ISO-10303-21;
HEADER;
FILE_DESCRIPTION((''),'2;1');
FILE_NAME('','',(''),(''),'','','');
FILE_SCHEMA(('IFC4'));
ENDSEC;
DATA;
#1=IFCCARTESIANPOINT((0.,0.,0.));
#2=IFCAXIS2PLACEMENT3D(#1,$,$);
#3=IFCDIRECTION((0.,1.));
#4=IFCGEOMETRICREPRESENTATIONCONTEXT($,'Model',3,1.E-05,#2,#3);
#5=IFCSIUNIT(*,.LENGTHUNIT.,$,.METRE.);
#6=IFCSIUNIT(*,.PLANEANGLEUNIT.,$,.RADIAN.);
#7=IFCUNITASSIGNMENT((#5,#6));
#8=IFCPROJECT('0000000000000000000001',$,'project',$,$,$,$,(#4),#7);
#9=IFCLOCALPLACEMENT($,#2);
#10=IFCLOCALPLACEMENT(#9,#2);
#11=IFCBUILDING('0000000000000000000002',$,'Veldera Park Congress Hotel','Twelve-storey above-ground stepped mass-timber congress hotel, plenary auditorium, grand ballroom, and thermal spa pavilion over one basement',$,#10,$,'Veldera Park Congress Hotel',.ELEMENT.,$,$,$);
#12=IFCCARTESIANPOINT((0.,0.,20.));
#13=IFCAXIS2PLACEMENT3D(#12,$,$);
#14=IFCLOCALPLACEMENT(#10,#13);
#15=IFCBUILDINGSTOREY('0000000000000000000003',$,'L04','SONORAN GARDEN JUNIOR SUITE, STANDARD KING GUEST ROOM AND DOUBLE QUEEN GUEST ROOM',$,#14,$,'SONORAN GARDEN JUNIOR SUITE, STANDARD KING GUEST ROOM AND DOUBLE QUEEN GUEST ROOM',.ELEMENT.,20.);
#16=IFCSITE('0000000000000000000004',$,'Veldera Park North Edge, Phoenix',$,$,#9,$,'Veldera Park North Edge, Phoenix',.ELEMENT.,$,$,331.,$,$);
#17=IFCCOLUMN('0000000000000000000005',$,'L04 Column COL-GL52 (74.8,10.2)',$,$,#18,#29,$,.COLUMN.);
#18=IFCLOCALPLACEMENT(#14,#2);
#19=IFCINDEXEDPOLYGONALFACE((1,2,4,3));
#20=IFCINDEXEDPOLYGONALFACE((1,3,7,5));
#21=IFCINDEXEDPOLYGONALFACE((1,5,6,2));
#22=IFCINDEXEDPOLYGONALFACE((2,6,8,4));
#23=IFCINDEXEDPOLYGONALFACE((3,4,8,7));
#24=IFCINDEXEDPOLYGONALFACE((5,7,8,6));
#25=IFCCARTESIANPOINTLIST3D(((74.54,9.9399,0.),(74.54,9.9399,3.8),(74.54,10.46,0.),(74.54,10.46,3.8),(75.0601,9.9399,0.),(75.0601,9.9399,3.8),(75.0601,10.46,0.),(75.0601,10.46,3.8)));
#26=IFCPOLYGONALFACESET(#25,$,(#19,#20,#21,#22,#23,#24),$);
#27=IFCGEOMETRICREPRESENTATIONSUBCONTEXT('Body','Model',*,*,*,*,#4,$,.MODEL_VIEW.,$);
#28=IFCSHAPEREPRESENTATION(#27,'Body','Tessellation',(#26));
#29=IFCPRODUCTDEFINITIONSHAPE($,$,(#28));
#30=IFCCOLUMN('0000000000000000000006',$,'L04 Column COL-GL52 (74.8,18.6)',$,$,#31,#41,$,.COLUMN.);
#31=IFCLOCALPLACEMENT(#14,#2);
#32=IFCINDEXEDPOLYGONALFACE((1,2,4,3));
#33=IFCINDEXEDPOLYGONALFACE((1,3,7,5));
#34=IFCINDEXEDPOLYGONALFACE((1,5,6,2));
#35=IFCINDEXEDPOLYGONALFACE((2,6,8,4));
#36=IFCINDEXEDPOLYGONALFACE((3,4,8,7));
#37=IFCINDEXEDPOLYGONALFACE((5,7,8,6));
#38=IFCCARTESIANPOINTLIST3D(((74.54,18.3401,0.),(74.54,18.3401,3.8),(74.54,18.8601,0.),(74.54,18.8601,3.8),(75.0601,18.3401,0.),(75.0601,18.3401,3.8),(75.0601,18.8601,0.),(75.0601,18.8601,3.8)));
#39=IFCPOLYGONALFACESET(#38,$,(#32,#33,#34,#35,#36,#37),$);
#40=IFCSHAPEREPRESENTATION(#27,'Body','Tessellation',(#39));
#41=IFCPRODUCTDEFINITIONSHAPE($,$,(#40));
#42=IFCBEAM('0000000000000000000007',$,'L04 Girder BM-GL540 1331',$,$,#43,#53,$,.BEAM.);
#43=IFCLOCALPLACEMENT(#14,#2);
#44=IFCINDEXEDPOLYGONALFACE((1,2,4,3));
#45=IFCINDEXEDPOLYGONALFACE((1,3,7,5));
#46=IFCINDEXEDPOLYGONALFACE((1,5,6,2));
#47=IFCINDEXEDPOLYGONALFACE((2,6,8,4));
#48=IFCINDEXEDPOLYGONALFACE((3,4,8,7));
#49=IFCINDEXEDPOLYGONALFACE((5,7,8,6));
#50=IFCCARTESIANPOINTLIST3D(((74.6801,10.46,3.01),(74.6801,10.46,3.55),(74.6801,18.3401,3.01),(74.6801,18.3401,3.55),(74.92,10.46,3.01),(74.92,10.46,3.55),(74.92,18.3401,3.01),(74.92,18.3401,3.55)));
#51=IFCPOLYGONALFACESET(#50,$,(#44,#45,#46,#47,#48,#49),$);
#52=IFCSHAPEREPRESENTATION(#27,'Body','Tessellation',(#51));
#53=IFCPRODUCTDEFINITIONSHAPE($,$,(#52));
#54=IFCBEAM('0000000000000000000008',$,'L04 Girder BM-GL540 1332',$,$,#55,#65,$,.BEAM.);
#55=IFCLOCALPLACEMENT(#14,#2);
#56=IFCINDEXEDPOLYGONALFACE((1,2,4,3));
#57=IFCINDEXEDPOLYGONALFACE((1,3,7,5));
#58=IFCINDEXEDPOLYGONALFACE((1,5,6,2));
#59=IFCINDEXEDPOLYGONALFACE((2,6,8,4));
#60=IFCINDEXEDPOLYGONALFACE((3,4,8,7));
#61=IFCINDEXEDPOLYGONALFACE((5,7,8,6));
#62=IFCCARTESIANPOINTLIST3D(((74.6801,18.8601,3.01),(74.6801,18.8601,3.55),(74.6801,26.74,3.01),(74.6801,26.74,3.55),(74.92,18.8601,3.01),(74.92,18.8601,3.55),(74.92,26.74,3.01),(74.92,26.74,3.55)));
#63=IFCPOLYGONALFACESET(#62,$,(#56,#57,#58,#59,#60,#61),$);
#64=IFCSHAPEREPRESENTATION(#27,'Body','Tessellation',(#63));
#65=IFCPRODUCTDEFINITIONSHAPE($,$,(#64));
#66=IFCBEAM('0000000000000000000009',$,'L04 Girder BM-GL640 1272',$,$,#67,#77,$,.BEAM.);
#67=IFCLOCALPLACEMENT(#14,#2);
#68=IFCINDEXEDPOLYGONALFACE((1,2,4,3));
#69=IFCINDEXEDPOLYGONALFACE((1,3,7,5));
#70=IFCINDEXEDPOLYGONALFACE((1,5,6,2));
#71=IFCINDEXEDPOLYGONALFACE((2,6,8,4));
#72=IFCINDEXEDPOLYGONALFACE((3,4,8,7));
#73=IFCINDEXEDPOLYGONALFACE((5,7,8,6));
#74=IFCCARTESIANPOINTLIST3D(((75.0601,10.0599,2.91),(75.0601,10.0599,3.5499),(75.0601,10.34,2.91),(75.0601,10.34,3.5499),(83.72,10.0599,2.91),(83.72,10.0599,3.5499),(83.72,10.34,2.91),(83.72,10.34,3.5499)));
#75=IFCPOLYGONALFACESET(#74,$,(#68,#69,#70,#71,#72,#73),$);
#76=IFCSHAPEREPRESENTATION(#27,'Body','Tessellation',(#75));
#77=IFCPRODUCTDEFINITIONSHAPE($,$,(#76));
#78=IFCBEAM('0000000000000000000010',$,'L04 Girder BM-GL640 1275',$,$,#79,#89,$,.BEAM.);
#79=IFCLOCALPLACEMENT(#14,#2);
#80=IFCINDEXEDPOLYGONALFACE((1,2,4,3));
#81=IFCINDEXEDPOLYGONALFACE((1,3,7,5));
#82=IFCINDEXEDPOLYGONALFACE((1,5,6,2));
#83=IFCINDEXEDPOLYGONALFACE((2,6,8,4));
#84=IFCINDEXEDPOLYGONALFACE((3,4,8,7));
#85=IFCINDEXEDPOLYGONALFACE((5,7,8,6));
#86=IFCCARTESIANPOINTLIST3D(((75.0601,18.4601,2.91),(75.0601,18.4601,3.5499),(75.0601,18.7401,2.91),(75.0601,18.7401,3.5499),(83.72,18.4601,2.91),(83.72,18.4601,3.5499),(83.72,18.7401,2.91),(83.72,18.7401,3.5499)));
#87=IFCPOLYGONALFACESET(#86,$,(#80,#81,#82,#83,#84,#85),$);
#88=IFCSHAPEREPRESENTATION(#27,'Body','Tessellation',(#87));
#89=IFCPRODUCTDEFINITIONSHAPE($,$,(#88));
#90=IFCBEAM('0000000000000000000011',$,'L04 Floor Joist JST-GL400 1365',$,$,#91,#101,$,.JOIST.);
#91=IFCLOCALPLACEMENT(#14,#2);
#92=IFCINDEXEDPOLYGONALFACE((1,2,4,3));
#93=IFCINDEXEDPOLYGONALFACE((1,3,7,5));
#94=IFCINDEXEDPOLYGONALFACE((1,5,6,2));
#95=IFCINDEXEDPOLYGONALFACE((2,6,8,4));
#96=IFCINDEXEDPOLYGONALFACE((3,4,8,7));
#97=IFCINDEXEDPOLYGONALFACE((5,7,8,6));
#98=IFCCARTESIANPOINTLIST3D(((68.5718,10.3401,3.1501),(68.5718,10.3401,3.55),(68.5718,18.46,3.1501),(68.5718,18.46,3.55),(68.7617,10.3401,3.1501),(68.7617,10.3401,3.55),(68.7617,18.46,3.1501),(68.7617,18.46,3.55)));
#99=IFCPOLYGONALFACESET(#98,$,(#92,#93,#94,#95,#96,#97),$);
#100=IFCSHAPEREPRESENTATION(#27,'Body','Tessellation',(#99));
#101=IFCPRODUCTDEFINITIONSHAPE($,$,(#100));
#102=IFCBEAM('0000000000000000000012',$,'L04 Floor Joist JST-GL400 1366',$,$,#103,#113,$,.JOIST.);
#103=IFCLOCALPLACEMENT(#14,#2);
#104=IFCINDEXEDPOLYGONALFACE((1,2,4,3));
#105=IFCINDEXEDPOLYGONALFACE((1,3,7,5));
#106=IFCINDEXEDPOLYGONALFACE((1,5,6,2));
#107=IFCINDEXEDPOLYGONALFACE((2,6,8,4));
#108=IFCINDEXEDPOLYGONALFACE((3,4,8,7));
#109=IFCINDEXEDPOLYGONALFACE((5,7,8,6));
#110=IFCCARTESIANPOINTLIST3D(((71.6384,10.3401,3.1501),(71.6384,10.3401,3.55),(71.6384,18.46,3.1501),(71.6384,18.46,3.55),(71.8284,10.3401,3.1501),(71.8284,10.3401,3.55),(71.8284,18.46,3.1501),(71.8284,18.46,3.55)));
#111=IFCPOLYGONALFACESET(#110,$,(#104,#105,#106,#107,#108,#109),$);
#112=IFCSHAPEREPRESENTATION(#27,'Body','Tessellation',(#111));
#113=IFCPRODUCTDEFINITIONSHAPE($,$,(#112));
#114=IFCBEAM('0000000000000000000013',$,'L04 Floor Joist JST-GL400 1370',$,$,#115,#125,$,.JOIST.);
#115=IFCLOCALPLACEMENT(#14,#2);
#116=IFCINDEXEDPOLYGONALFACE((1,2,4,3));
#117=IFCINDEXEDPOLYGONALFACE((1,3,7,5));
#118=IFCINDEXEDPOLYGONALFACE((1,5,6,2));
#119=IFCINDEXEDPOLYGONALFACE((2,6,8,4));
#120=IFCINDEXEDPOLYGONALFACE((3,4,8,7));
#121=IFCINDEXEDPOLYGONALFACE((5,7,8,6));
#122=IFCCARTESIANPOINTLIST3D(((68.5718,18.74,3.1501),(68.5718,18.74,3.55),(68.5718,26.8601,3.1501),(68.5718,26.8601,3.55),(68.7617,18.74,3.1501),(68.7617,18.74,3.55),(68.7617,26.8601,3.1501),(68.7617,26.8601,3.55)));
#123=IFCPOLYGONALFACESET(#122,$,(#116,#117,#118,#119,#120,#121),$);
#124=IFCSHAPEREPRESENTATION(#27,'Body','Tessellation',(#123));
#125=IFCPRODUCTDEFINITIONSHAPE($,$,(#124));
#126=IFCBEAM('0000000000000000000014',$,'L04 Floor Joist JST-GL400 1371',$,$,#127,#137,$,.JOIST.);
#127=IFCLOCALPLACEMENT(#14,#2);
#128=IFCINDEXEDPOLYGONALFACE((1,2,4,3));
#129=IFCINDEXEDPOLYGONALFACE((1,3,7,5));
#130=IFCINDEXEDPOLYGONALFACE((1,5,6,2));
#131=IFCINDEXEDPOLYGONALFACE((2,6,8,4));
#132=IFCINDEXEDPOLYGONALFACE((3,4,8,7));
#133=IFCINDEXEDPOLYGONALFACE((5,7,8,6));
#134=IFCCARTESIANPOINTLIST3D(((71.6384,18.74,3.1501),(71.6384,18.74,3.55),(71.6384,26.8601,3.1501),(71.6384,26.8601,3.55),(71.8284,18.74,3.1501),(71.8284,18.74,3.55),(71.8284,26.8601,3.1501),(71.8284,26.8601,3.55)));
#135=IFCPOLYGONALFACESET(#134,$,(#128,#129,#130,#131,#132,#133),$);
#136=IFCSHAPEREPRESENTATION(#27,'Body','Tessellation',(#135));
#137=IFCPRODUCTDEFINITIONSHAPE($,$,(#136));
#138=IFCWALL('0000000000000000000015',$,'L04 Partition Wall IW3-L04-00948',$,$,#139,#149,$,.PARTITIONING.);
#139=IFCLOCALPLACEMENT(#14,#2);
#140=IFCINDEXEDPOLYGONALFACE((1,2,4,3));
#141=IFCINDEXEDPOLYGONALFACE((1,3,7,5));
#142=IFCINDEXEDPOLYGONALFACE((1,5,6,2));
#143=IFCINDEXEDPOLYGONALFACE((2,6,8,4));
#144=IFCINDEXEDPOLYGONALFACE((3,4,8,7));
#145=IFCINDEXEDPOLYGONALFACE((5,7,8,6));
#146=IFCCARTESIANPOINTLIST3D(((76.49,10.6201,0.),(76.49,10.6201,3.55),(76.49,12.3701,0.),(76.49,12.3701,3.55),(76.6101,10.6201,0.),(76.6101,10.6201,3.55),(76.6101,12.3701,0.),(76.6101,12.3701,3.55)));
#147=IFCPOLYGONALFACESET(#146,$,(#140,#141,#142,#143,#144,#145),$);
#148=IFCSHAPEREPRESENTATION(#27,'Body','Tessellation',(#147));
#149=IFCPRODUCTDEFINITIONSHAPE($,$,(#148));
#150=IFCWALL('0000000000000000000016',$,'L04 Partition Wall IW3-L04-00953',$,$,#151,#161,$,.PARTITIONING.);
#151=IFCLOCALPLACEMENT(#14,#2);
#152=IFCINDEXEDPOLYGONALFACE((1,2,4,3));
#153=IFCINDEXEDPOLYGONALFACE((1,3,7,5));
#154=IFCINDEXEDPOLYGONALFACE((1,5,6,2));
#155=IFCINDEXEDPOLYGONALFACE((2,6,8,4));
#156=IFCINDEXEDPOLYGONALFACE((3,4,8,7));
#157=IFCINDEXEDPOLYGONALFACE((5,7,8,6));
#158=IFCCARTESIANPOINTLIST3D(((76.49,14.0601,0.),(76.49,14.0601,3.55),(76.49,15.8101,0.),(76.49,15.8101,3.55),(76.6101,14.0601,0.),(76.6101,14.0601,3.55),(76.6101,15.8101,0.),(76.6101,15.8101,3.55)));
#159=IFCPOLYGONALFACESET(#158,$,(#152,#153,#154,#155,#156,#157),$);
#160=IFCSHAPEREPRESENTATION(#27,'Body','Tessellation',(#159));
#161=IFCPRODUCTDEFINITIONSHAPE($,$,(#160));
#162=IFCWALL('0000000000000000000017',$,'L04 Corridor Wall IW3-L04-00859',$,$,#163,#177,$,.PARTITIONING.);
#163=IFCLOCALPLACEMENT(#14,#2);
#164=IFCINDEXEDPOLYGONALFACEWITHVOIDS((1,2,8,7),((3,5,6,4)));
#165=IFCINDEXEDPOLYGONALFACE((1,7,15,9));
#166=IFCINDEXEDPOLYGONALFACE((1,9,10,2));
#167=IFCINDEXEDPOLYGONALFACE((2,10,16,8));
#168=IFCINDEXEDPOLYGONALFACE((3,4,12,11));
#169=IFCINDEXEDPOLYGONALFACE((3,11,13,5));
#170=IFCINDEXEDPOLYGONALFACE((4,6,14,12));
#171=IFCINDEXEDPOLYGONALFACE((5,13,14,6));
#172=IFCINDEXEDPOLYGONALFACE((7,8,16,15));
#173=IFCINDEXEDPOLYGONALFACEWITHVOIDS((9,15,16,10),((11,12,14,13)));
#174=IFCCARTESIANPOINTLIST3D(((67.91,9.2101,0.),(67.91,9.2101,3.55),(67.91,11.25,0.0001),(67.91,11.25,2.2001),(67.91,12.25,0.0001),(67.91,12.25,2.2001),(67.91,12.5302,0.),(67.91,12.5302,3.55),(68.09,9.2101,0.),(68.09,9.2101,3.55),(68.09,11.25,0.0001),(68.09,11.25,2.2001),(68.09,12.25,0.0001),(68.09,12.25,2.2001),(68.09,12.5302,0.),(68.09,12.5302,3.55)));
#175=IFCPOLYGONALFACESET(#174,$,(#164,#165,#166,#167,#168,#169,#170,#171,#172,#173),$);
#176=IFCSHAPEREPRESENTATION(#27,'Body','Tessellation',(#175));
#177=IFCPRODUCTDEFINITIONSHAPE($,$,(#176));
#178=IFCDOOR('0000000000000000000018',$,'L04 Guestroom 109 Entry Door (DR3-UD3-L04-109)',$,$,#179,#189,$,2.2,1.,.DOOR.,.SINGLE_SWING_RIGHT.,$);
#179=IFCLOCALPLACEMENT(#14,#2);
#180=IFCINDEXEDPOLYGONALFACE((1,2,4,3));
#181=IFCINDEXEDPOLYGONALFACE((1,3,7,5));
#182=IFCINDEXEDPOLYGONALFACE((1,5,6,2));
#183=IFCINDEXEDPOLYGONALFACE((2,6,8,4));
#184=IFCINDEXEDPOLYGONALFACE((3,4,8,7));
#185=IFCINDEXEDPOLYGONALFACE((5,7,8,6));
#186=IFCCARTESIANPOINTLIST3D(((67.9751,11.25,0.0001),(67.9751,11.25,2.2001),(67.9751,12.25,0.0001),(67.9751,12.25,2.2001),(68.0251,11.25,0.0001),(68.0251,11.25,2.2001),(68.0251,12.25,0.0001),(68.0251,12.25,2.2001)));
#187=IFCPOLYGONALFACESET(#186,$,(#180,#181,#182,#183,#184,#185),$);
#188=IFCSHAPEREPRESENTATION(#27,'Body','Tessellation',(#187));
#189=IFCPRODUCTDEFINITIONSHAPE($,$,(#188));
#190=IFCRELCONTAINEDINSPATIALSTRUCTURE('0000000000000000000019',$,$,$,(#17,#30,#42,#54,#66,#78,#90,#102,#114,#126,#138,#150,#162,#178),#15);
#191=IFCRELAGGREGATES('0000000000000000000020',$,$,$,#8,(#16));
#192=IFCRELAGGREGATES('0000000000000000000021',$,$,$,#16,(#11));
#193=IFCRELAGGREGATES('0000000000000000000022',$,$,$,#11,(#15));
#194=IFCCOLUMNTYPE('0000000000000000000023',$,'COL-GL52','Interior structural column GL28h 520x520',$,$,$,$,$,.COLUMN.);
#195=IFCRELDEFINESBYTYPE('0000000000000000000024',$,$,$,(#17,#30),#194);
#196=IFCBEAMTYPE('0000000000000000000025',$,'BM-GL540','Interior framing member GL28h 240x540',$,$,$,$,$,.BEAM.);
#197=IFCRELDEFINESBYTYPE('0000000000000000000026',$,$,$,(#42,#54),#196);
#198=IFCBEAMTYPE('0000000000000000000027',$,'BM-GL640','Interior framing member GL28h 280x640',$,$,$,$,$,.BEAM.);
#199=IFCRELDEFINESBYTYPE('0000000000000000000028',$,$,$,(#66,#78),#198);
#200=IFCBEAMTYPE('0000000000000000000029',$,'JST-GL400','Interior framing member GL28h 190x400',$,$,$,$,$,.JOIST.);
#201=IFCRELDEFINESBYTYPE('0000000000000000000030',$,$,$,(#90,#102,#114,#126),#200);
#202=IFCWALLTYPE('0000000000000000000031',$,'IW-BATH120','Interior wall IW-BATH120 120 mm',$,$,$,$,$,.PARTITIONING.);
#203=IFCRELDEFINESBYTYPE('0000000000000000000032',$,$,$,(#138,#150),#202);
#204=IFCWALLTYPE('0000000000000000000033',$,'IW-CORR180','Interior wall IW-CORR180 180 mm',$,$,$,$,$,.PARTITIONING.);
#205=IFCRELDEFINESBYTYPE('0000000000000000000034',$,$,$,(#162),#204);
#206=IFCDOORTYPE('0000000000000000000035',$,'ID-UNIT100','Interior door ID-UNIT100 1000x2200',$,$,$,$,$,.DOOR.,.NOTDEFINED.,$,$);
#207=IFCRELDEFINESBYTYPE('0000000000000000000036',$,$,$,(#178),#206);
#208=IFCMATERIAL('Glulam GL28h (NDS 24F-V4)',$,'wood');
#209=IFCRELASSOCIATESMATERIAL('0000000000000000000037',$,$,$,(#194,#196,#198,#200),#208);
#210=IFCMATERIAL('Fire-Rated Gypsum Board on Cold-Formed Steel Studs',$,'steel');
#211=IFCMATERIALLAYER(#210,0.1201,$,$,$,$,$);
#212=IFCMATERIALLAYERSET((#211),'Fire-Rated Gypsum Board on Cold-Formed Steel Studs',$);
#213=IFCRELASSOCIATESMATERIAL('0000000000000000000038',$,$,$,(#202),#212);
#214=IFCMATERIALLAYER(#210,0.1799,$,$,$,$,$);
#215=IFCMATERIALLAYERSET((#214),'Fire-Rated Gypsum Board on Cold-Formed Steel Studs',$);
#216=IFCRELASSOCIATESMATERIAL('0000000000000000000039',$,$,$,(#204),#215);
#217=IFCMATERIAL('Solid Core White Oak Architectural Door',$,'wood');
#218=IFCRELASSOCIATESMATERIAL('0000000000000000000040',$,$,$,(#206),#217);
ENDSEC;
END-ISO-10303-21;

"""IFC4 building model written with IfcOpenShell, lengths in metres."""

from ifc_helpers import new_model, si_unit, direction, frame, frame_2d, origin, origin_2d, place, context, subcontext, project, spatial, rectangle, extrude, material, layer, layer_set, material_profile, profile_set, type_object, element, fill, save


model = new_model("IFC4")

# Units and contexts
model_context = context("Model", 3, precision=1e-05, world=origin(), true_north=direction((0.0, 1.0)))
body_context = subcontext(model_context, "Body", "Model", "MODEL_VIEW")
ifc_project = project(units=[si_unit("LENGTHUNIT", "METRE"), si_unit("PLANEANGLEUNIT", "RADIAN")], contexts=[model_context])

# Site, building, storey
site_placement = place(None, origin())
site = spatial("IfcSite", under=ifc_project, at=site_placement, Name="Veldera Park North Edge, Phoenix", LongName="Veldera Park North Edge, Phoenix", CompositionType="ELEMENT", RefElevation=331.0)
building_placement = place(site_placement, origin())
building = spatial("IfcBuilding", under=site, at=building_placement, Name="Veldera Park Congress Hotel", Description="Twelve-storey above-ground stepped mass-timber congress hotel, plenary auditorium, grand ballroom, and thermal spa pavilion over one basement", LongName="Veldera Park Congress Hotel", CompositionType="ELEMENT")
storey_placement = place(building_placement, frame((0.0, 0.0, 20.0)))
storey = spatial("IfcBuildingStorey", under=building, at=storey_placement, Name="L04", Description="SONORAN GARDEN JUNIOR SUITE, STANDARD KING GUEST ROOM AND DOUBLE QUEEN GUEST ROOM", LongName="SONORAN GARDEN JUNIOR SUITE, STANDARD KING GUEST ROOM AND DOUBLE QUEEN GUEST ROOM", CompositionType="ELEMENT", Elevation=20.0)

# Columns
ifc_material_1 = material(Name="Glulam GL28h (NDS 24F-V4)", Category="wood")
ifc_material_profile_1 = material_profile(ifc_material_1, rectangle(XDim=0.52, YDim=0.52, at=origin_2d()), Name="GL28h 520x520")
ifc_profile_set_1 = profile_set([ifc_material_profile_1], Name="Glulam GL28h (NDS 24F-V4)")
column_type = type_object("IfcColumnType", Name="COL-GL52", Description="Interior structural column GL28h 520x520", PredefinedType="COLUMN", material=ifc_profile_set_1)
for number, where, z_axis, x_axis, name in (
    (1, (74.8, 10.2, 0.0), (0.0, 0.0, 1.0), (1.0, 0.0, 0.0), "L04 Column COL-GL52 (74.8,10.2)"),
    (2, (74.8, 18.6001, 0.0), (0.0, 0.0, 1.0), (1.0, 0.0, 0.0), "L04 Column COL-GL52 (74.8,18.6)"),
):
    element("IfcColumn", number, at=place(storey_placement, frame(where, z_axis=z_axis, x_axis=x_axis)), inside=storey, type_object=column_type, Name=name, PredefinedType="COLUMN", context=body_context, shape_type="SweptSolid", body=[
        extrude(rectangle(XDim=0.52, YDim=0.52, at=origin_2d()), origin(), (0.0, 0.0, 1.0), 3.8),
    ])

# Beams
ifc_material_profile_2 = material_profile(ifc_material_1, rectangle(XDim=0.24, YDim=0.54, at=origin_2d()), Name="GL28h 240x540")
ifc_profile_set_2 = profile_set([ifc_material_profile_2], Name="Glulam GL28h (NDS 24F-V4)")
beam_type_1 = type_object("IfcBeamType", Name="BM-GL540", Description="Interior framing member GL28h 240x540", PredefinedType="BEAM", material=ifc_profile_set_2)
beam_1_placement = place(storey_placement, frame((74.8, 10.46, 3.28), z_axis=(0.0, 1.0, 0.0), x_axis=(-1.0, 0.0, 0.0)))
element("IfcBeam", 3, at=beam_1_placement, inside=storey, type_object=beam_type_1, Name="L04 Girder BM-GL540 1331", PredefinedType="BEAM", context=body_context, shape_type="SweptSolid", body=[
    extrude(rectangle(XDim=0.24, YDim=0.54, at=origin_2d()), origin(), (0.0, 0.0, 1.0), 7.8801),
])
beam_2_placement = place(storey_placement, frame((74.8, 18.8601, 3.28), z_axis=(0.0, 1.0, 0.0), x_axis=(-1.0, 0.0, 0.0)))
element("IfcBeam", 4, at=beam_2_placement, inside=storey, type_object=beam_type_1, Name="L04 Girder BM-GL540 1332", PredefinedType="BEAM", context=body_context, shape_type="SweptSolid", body=[
    extrude(rectangle(XDim=0.24, YDim=0.54, at=origin_2d()), origin(), (0.0, 0.0, 1.0), 7.8799),
])
ifc_material_profile_3 = material_profile(ifc_material_1, rectangle(XDim=0.28, YDim=0.6399, at=origin_2d()), Name="GL28h 280x640")
ifc_profile_set_3 = profile_set([ifc_material_profile_3], Name="Glulam GL28h (NDS 24F-V4)")
beam_type_2 = type_object("IfcBeamType", Name="BM-GL640", Description="Interior framing member GL28h 280x640", PredefinedType="BEAM", material=ifc_profile_set_3)
for number, where, z_axis, x_axis, name in (
    (5, (75.0601, 10.2, 3.23), (1.0, 0.0, 0.0), (0.0, 1.0, 0.0), "L04 Girder BM-GL640 1272"),
    (6, (75.0601, 18.6001, 3.23), (1.0, 0.0, 0.0), (0.0, 1.0, 0.0), "L04 Girder BM-GL640 1275"),
):
    element("IfcBeam", number, at=place(storey_placement, frame(where, z_axis=z_axis, x_axis=x_axis)), inside=storey, type_object=beam_type_2, Name=name, PredefinedType="BEAM", context=body_context, shape_type="SweptSolid", body=[
        extrude(rectangle(XDim=0.28, YDim=0.6399, at=origin_2d()), origin(), (0.0, 0.0, 1.0), 8.6599),
    ])
ifc_material_profile_4 = material_profile(ifc_material_1, rectangle(XDim=0.1899, YDim=0.3999, at=origin_2d()), Name="GL28h 190x400")
ifc_profile_set_4 = profile_set([ifc_material_profile_4], Name="Glulam GL28h (NDS 24F-V4)")
beam_type_3 = type_object("IfcBeamType", Name="JST-GL400", Description="Interior framing member GL28h 190x400", PredefinedType="JOIST", material=ifc_profile_set_4)
for number, where, z_axis, x_axis, name in (
    (7, (68.6667, 10.3401, 3.3501), (0.0, 1.0, 0.0), (-1.0, 0.0, 0.0), "L04 Floor Joist JST-GL400 1365"),
    (8, (71.7334, 10.3401, 3.3501), (0.0, 1.0, 0.0), (-1.0, 0.0, 0.0), "L04 Floor Joist JST-GL400 1366"),
):
    element("IfcBeam", number, at=place(storey_placement, frame(where, z_axis=z_axis, x_axis=x_axis)), inside=storey, type_object=beam_type_3, Name=name, PredefinedType="JOIST", context=body_context, shape_type="SweptSolid", body=[
        extrude(rectangle(XDim=0.1899, YDim=0.3999, at=origin_2d()), origin(), (0.0, 0.0, 1.0), 8.1199),
    ])
for number, where, z_axis, x_axis, name in (
    (9, (68.6667, 18.74, 3.3501), (0.0, 1.0, 0.0), (-1.0, 0.0, 0.0), "L04 Floor Joist JST-GL400 1370"),
    (10, (71.7334, 18.74, 3.3501), (0.0, 1.0, 0.0), (-1.0, 0.0, 0.0), "L04 Floor Joist JST-GL400 1371"),
):
    element("IfcBeam", number, at=place(storey_placement, frame(where, z_axis=z_axis, x_axis=x_axis)), inside=storey, type_object=beam_type_3, Name=name, PredefinedType="JOIST", context=body_context, shape_type="SweptSolid", body=[
        extrude(rectangle(XDim=0.1899, YDim=0.3999, at=origin_2d()), origin(), (0.0, 0.0, 1.0), 8.1201),
    ])

# Shared definitions
ifc_material_2 = material(Name="Fire-Rated Gypsum Board on Cold-Formed Steel Studs", Category="steel")
ifc_layer_1 = layer(ifc_material_2, 0.1201)
ifc_layer_set_1 = layer_set([ifc_layer_1], Name="Fire-Rated Gypsum Board on Cold-Formed Steel Studs")
wall_type_1 = type_object("IfcWallType", Name="IW-BATH120", Description="Interior wall IW-BATH120 120 mm", PredefinedType="PARTITIONING", material=ifc_layer_set_1)
ifc_material_3 = material(Name="Solid Core White Oak Architectural Door", Category="wood")

# Wall
wall_1_placement = place(storey_placement, frame((76.55, 10.6201, 0.0), z_axis=(0.0, 0.0, 1.0), x_axis=(0.0, 1.0, 0.0)))
element("IfcWall", 11, at=wall_1_placement, inside=storey, type_object=wall_type_1, Name="L04 Partition Wall IW3-L04-00948", PredefinedType="PARTITIONING", context=body_context, shape_type="SweptSolid", body=[
    extrude(rectangle(XDim=1.75, YDim=0.1201, at=frame_2d((0.875, 0.0))), origin(), (0.0, 0.0, 1.0), 3.55),
])

# Wall
wall_2_placement = place(storey_placement, frame((76.55, 14.0601, 0.0), z_axis=(0.0, 0.0, 1.0), x_axis=(0.0, 1.0, 0.0)))
element("IfcWall", 12, at=wall_2_placement, inside=storey, type_object=wall_type_1, Name="L04 Partition Wall IW3-L04-00953", PredefinedType="PARTITIONING", context=body_context, shape_type="SweptSolid", body=[
    extrude(rectangle(XDim=1.75, YDim=0.1201, at=frame_2d((0.875, 0.0))), origin(), (0.0, 0.0, 1.0), 3.55),
])

# Wall, opening, door
ifc_layer_2 = layer(ifc_material_2, 0.1799)
ifc_layer_set_2 = layer_set([ifc_layer_2], Name="Fire-Rated Gypsum Board on Cold-Formed Steel Studs")
wall_type_2 = type_object("IfcWallType", Name="IW-CORR180", Description="Interior wall IW-CORR180 180 mm", PredefinedType="PARTITIONING", material=ifc_layer_set_2)
wall_3_placement = place(storey_placement, frame((68.0, 9.21, 0.0), z_axis=(0.0, 0.0, 1.0), x_axis=(0.0, 1.0, 0.0)))
wall_3 = element("IfcWall", 13, at=wall_3_placement, inside=storey, type_object=wall_type_2, Name="L04 Corridor Wall IW3-L04-00859", PredefinedType="PARTITIONING", context=body_context, shape_type="SweptSolid", body=[
    extrude(rectangle(XDim=3.3201, YDim=0.1799, at=frame_2d((1.6602, 0.0))), origin(), (0.0, 0.0, 1.0), 3.55),
])
opening_1_placement = place(wall_3_placement, frame((2.04, 0.0, 0.0)))
opening_1 = element("IfcOpeningElement", 14, at=opening_1_placement, cuts=wall_3, PredefinedType="OPENING", context=body_context, shape_type="SweptSolid", body=[
    extrude(rectangle(XDim=1.0, YDim=2.2, at=frame_2d((0.5, 1.1001))), frame((0.0, 0.1021, 0.0), z_axis=(0.0, -1.0, 0.0), x_axis=(1.0, 0.0, 0.0)), (0.0, 0.0, 1.0), 0.2039),
])
door_type_1 = type_object("IfcDoorType", Name="ID-UNIT100", Description="Interior door ID-UNIT100 1000x2200", OperationType="NOTDEFINED", PredefinedType="DOOR", material=ifc_material_3)
door_1_placement = place(opening_1_placement, origin())
door_1 = element("IfcDoor", 15, at=door_1_placement, inside=storey, type_object=door_type_1, Name="L04 Guestroom 109 Entry Door (DR3-UD3-L04-109)", OperationType="SINGLE_SWING_RIGHT", OverallHeight=2.2, OverallWidth=1.0, PredefinedType="DOOR", context=body_context, shape_type="SweptSolid", body=[
    extrude(rectangle(XDim=1.0, YDim=2.2, at=frame_2d((0.5, 1.1001))), frame((0.0, 0.0249, 0.0), z_axis=(0.0, -1.0, 0.0), x_axis=(1.0, 0.0, 0.0)), (0.0, 0.0, 1.0), 0.05),
])
fill(opening_1, door_1)

save(model, "model.ifc")
